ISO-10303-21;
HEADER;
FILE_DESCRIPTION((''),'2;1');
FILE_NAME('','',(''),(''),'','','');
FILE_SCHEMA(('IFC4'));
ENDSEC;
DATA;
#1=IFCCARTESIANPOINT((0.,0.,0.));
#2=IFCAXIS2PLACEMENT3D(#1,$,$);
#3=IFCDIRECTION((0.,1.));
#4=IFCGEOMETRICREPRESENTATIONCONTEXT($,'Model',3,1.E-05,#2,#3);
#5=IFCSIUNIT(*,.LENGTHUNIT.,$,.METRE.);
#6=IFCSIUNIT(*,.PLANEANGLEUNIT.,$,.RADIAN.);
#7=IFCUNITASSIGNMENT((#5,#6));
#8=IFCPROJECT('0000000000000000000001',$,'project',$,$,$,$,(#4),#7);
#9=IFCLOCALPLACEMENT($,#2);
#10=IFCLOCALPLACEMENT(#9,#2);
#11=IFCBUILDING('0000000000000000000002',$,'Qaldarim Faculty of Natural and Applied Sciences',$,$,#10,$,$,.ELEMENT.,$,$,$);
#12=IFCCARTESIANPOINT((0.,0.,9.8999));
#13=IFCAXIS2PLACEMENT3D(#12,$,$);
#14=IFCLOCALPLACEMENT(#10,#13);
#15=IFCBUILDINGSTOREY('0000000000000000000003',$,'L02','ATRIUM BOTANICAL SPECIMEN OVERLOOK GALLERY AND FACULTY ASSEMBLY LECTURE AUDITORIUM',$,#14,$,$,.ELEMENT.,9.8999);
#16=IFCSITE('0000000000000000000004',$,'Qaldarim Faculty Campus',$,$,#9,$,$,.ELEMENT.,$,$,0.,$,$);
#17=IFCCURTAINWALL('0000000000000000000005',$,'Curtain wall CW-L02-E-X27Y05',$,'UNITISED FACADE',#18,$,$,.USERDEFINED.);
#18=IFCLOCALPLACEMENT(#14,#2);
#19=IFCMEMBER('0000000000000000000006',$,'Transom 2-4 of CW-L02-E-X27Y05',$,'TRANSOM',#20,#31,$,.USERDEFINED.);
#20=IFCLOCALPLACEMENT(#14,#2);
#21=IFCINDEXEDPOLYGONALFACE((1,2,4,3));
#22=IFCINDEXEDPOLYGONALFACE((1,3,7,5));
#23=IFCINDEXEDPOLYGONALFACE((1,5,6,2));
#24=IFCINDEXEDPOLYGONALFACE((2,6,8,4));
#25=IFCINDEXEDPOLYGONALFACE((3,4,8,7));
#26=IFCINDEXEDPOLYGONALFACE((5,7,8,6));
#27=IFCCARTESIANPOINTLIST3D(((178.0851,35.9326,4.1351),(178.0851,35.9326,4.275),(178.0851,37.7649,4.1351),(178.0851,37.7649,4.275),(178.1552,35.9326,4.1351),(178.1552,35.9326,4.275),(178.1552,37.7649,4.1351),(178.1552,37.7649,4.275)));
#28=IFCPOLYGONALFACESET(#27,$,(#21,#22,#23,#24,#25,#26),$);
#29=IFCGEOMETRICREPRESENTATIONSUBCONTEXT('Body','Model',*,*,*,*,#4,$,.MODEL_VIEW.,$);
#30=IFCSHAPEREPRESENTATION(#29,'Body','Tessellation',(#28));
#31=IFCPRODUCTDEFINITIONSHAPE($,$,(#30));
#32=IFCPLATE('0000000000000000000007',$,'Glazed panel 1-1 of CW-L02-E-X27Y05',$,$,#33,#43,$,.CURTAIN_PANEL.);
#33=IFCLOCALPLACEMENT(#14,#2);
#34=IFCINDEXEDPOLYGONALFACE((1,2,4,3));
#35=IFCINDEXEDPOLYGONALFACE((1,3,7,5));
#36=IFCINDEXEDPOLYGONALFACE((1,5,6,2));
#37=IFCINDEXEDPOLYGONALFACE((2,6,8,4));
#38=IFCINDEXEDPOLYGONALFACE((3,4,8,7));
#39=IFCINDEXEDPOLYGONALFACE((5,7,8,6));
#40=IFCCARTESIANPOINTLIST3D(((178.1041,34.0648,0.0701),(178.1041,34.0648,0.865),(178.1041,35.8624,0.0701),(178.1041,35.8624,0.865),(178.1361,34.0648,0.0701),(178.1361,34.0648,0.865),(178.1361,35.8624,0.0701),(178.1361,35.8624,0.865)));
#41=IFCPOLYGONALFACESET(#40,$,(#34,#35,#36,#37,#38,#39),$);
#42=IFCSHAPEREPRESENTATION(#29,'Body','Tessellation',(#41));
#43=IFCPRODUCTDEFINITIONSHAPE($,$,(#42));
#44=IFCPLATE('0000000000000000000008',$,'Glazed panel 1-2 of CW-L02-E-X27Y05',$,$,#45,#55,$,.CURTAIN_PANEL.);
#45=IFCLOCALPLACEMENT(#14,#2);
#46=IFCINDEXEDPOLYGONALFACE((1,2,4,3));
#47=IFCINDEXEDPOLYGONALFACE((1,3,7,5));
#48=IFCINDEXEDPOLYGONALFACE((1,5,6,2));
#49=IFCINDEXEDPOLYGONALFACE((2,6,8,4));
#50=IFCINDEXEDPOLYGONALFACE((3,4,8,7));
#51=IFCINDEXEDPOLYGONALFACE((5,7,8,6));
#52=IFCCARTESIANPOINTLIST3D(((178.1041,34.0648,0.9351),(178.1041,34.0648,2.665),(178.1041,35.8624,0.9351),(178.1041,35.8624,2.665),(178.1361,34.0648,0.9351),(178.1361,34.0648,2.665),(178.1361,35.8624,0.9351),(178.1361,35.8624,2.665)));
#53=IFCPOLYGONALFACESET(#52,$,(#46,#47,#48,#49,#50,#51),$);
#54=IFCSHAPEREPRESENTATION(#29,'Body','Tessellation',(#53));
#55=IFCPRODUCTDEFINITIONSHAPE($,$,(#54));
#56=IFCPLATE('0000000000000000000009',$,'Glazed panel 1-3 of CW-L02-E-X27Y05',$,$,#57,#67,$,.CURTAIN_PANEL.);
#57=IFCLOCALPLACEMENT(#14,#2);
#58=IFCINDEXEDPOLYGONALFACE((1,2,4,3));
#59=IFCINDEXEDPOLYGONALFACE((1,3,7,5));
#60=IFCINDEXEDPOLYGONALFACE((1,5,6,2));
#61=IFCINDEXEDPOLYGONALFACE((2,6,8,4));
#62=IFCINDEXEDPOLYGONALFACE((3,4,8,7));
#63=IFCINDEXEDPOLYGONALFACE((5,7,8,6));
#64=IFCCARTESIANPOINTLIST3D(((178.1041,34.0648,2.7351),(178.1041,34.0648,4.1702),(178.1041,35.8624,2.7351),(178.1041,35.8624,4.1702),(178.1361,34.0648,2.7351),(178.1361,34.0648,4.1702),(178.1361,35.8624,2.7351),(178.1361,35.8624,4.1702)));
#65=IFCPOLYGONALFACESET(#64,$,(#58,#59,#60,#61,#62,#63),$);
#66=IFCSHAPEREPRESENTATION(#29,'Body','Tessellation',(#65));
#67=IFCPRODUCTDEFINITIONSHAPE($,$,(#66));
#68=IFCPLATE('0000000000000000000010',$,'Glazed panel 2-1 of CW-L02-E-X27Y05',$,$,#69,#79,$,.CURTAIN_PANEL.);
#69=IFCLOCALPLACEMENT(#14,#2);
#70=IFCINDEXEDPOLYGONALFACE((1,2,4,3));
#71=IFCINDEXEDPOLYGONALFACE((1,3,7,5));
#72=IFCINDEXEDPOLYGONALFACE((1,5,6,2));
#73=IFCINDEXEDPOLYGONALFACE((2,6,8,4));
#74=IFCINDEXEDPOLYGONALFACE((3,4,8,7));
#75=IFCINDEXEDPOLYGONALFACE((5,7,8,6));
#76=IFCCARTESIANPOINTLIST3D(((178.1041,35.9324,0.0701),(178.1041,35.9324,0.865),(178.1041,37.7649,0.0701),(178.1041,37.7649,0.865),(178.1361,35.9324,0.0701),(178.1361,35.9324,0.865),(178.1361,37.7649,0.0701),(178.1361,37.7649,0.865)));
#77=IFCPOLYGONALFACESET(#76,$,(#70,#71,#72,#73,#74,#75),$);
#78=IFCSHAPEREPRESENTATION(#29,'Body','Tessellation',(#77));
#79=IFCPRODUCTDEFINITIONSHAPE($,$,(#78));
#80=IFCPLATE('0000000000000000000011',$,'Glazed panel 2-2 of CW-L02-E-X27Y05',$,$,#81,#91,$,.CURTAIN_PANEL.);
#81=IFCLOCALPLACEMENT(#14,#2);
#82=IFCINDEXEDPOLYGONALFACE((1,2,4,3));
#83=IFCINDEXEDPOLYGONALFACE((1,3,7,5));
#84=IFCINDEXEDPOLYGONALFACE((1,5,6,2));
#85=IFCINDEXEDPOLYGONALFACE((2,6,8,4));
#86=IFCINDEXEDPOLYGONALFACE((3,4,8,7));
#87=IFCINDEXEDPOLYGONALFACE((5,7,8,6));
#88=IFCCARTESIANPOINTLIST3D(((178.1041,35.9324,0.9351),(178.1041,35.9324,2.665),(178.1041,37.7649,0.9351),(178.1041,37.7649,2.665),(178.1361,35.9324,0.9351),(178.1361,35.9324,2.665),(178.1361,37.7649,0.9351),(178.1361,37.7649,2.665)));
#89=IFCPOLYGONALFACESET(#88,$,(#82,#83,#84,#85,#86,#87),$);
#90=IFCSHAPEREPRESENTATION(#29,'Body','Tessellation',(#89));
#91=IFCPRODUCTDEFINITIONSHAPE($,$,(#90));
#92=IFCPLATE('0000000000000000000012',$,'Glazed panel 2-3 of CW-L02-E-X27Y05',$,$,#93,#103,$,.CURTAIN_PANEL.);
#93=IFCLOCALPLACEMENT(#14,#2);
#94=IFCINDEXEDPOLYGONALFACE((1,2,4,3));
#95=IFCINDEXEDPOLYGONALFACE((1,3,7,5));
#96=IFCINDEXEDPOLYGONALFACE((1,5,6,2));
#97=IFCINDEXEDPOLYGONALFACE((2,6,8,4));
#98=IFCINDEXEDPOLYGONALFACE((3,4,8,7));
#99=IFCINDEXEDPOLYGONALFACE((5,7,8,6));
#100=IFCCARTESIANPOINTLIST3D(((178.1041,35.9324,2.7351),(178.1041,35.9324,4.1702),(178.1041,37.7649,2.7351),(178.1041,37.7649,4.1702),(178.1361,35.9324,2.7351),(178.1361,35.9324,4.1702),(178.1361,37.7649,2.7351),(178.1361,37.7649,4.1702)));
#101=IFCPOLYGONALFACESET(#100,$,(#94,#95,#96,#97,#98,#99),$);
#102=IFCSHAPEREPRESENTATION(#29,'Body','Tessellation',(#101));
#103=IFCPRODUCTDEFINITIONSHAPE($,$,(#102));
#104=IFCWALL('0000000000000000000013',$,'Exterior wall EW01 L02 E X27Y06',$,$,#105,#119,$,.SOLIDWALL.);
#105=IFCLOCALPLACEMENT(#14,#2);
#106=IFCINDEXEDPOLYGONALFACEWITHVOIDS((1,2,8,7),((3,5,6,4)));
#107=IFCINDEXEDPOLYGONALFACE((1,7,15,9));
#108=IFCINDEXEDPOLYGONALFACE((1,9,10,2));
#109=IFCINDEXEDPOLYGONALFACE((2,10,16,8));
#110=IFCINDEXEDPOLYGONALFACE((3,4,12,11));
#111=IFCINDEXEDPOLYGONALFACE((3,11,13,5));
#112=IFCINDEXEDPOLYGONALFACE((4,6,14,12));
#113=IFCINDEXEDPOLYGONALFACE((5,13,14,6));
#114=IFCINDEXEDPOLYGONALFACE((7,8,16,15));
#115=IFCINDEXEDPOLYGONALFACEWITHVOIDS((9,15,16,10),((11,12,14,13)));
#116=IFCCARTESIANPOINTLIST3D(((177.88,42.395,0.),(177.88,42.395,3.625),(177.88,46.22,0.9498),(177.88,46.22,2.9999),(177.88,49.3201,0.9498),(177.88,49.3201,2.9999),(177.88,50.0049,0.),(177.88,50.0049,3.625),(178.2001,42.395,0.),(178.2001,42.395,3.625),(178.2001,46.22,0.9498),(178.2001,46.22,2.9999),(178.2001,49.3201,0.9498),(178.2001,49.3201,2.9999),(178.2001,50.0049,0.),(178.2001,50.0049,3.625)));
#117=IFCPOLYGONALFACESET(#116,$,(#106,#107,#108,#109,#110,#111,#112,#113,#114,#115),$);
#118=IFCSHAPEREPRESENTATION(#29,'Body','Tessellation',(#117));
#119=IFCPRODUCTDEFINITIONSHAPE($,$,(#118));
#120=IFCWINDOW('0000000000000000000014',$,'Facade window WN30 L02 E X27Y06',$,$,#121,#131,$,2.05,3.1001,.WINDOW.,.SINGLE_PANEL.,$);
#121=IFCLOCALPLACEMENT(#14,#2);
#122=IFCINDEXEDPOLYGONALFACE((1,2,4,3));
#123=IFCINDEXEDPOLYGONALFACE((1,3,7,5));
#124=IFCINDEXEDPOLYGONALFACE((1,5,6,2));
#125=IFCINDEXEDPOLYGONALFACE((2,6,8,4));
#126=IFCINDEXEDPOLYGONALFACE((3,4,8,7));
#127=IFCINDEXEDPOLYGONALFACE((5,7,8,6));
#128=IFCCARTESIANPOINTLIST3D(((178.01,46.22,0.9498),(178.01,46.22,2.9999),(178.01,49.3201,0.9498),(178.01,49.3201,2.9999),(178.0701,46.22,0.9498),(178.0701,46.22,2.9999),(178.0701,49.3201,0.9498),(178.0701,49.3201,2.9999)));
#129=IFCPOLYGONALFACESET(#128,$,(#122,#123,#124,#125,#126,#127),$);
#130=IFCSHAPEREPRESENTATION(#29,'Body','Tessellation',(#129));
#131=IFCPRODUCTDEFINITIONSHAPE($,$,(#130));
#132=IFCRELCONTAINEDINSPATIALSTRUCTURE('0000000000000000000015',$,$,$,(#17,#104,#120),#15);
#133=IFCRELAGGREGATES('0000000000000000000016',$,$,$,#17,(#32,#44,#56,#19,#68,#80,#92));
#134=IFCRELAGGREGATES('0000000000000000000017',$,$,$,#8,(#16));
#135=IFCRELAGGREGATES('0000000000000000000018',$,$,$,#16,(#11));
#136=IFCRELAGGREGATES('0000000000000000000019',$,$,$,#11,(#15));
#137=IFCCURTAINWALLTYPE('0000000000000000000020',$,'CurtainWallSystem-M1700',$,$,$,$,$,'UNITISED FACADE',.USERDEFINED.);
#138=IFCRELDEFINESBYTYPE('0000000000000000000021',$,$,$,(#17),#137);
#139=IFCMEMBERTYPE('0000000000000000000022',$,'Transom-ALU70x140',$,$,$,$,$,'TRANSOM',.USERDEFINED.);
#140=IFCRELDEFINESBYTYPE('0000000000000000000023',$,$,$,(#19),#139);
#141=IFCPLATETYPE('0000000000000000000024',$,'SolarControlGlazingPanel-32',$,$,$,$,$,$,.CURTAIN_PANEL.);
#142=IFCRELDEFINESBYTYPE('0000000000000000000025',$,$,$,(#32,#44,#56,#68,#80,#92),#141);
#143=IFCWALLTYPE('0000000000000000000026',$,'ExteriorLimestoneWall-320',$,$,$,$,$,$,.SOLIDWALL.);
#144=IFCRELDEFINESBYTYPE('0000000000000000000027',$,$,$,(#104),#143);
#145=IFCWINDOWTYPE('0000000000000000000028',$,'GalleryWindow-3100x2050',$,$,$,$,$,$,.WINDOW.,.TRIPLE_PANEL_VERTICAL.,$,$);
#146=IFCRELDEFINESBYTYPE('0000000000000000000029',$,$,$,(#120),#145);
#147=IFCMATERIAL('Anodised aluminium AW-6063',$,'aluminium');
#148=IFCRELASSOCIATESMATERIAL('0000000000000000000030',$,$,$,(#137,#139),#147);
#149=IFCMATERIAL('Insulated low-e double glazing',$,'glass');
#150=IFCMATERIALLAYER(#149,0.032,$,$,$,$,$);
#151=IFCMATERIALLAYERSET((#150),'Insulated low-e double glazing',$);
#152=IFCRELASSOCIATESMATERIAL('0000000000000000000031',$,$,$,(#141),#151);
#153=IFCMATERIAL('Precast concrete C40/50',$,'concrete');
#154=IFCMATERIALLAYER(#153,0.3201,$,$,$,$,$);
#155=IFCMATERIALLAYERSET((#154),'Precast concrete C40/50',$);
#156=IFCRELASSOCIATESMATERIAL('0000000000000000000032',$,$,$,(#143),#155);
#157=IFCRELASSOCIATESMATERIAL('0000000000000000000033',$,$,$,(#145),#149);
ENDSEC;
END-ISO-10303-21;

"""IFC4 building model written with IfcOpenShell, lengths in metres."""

from ifc_helpers import new_model, si_unit, direction, frame, frame_2d, origin, origin_2d, place, context, subcontext, project, spatial, rectangle, extrude, material, layer, layer_set, material_profile, profile_set, type_object, element, fill, aggregate, save


model = new_model("IFC4")

# Units and contexts
model_context = context("Model", 3, precision=1e-05, world=origin(), true_north=direction((0.0, 1.0)))
body_context = subcontext(model_context, "Body", "Model", "MODEL_VIEW")
ifc_project = project(units=[si_unit("LENGTHUNIT", "METRE"), si_unit("PLANEANGLEUNIT", "RADIAN")], contexts=[model_context])

# Site, building, storey
site_placement = place(None, origin())
site = spatial("IfcSite", under=ifc_project, at=site_placement, Name="Qaldarim Faculty Campus", CompositionType="ELEMENT", RefElevation=0.0)
building_placement = place(site_placement, origin())
building = spatial("IfcBuilding", under=site, at=building_placement, Name="Qaldarim Faculty of Natural and Applied Sciences", CompositionType="ELEMENT")
storey_placement = place(building_placement, frame((0.0, 0.0, 9.8999)))
storey = spatial("IfcBuildingStorey", under=building, at=storey_placement, Name="L02", Description="ATRIUM BOTANICAL SPECIMEN OVERLOOK GALLERY AND FACULTY ASSEMBLY LECTURE AUDITORIUM", CompositionType="ELEMENT", Elevation=9.8999)

# Curtain wall
ifc_material_1 = material(Name="Anodised aluminium AW-6063", Category="aluminium")
curtain_wall_type = type_object("IfcCurtainWallType", Name="CurtainWallSystem-M1700", ElementType="UNITISED FACADE", PredefinedType="USERDEFINED", material=ifc_material_1)
curtain_wall_placement = place(storey_placement, origin())
curtain_wall = element("IfcCurtainWall", 1, at=curtain_wall_placement, inside=storey, type_object=curtain_wall_type, Name="Curtain wall CW-L02-E-X27Y05", ObjectType="UNITISED FACADE", PredefinedType="USERDEFINED")

# Member
ifc_material_profile_1 = material_profile(ifc_material_1, rectangle(XDim=0.0701, YDim=0.1399, at=origin_2d()), Name="ALU-T70x140")
ifc_profile_set_1 = profile_set([ifc_material_profile_1], Name="Anodised aluminium AW-6063")
member_type_1 = type_object("IfcMemberType", Name="Transom-ALU70x140", ElementType="TRANSOM", PredefinedType="USERDEFINED", material=ifc_profile_set_1)
member_1_placement = place(storey_placement, frame((178.1201, 35.9326, 4.2051), z_axis=(0.0, 1.0, 0.0), x_axis=(-1.0, 0.0, 0.0)))
member_1 = element("IfcMember", 2, at=member_1_placement, type_object=member_type_1, Name="Transom 2-4 of CW-L02-E-X27Y05", ObjectType="TRANSOM", PredefinedType="USERDEFINED", context=body_context, shape_type="SweptSolid", body=[
    extrude(rectangle(XDim=0.0701, YDim=0.1399, at=origin_2d()), origin(), (0.0, 0.0, 1.0), 1.8323),
])

# Plates
ifc_material_2 = material(Name="Insulated low-e double glazing", Category="glass")
ifc_layer_1 = layer(ifc_material_2, 0.032)
ifc_layer_set_1 = layer_set([ifc_layer_1], Name="Insulated low-e double glazing")
plate_type = type_object("IfcPlateType", Name="SolarControlGlazingPanel-32", PredefinedType="CURTAIN_PANEL", material=ifc_layer_set_1)
plate_1_placement = place(storey_placement, frame((178.1201, 34.9636, 0.0701), z_axis=(0.0, 0.0, 1.0), x_axis=(0.0, 1.0, 0.0)))
plate_1 = element("IfcPlate", 3, at=plate_1_placement, type_object=plate_type, Name="Glazed panel 1-1 of CW-L02-E-X27Y05", PredefinedType="CURTAIN_PANEL", context=body_context, shape_type="SweptSolid", body=[
    extrude(rectangle(XDim=1.7976, YDim=0.032, at=origin_2d()), origin(), (0.0, 0.0, 1.0), 0.7949),
])
plate_2_placement = place(storey_placement, frame((178.1201, 34.9636, 0.9351), z_axis=(0.0, 0.0, 1.0), x_axis=(0.0, 1.0, 0.0)))
plate_2 = element("IfcPlate", 4, at=plate_2_placement, type_object=plate_type, Name="Glazed panel 1-2 of CW-L02-E-X27Y05", PredefinedType="CURTAIN_PANEL", context=body_context, shape_type="SweptSolid", body=[
    extrude(rectangle(XDim=1.7976, YDim=0.032, at=origin_2d()), origin(), (0.0, 0.0, 1.0), 1.73),
])
plate_3_placement = place(storey_placement, frame((178.1201, 34.9636, 2.7351), z_axis=(0.0, 0.0, 1.0), x_axis=(0.0, 1.0, 0.0)))
plate_3 = element("IfcPlate", 5, at=plate_3_placement, type_object=plate_type, Name="Glazed panel 1-3 of CW-L02-E-X27Y05", PredefinedType="CURTAIN_PANEL", context=body_context, shape_type="SweptSolid", body=[
    extrude(rectangle(XDim=1.7976, YDim=0.032, at=origin_2d()), origin(), (0.0, 0.0, 1.0), 1.4351),
])
plate_4_placement = place(storey_placement, frame((178.1201, 36.8486, 0.0701), z_axis=(0.0, 0.0, 1.0), x_axis=(0.0, 1.0, 0.0)))
plate_4 = element("IfcPlate", 6, at=plate_4_placement, type_object=plate_type, Name="Glazed panel 2-1 of CW-L02-E-X27Y05", PredefinedType="CURTAIN_PANEL", context=body_context, shape_type="SweptSolid", body=[
    extrude(rectangle(XDim=1.8325, YDim=0.032, at=origin_2d()), origin(), (0.0, 0.0, 1.0), 0.7949),
])
plate_5_placement = place(storey_placement, frame((178.1201, 36.8486, 0.9351), z_axis=(0.0, 0.0, 1.0), x_axis=(0.0, 1.0, 0.0)))
plate_5 = element("IfcPlate", 7, at=plate_5_placement, type_object=plate_type, Name="Glazed panel 2-2 of CW-L02-E-X27Y05", PredefinedType="CURTAIN_PANEL", context=body_context, shape_type="SweptSolid", body=[
    extrude(rectangle(XDim=1.8325, YDim=0.032, at=origin_2d()), origin(), (0.0, 0.0, 1.0), 1.73),
])
plate_6_placement = place(storey_placement, frame((178.1201, 36.8486, 2.7351), z_axis=(0.0, 0.0, 1.0), x_axis=(0.0, 1.0, 0.0)))
plate_6 = element("IfcPlate", 8, at=plate_6_placement, type_object=plate_type, Name="Glazed panel 2-3 of CW-L02-E-X27Y05", PredefinedType="CURTAIN_PANEL", context=body_context, shape_type="SweptSolid", body=[
    extrude(rectangle(XDim=1.8325, YDim=0.032, at=origin_2d()), origin(), (0.0, 0.0, 1.0), 1.4351),
])
aggregate(curtain_wall, [plate_1, plate_2, plate_3, member_1, plate_4, plate_5, plate_6])

# Wall, opening, window
ifc_material_3 = material(Name="Precast concrete C40/50", Category="concrete")
ifc_layer_2 = layer(ifc_material_3, 0.3201)
ifc_layer_set_2 = layer_set([ifc_layer_2], Name="Precast concrete C40/50")
wall_type = type_object("IfcWallType", Name="ExteriorLimestoneWall-320", PredefinedType="SOLIDWALL", material=ifc_layer_set_2)
wall_placement = place(storey_placement, frame((178.04, 42.395, 0.0), z_axis=(0.0, 0.0, 1.0), x_axis=(0.0, 1.0, 0.0)))
wall = element("IfcWall", 9, at=wall_placement, inside=storey, type_object=wall_type, Name="Exterior wall EW01 L02 E X27Y06", PredefinedType="SOLIDWALL", context=body_context, shape_type="SweptSolid", body=[
    extrude(rectangle(XDim=7.6099, YDim=0.3201, at=frame_2d((3.8049, 0.0))), origin(), (0.0, 0.0, 1.0), 3.625),
])
opening_placement = place(wall_placement, frame((3.825, 0.0, 0.95)))
opening = element("IfcOpeningElement", 10, at=opening_placement, cuts=wall, PredefinedType="OPENING", context=body_context, shape_type="SweptSolid", body=[
    extrude(rectangle(XDim=3.1001, YDim=2.05, at=frame_2d((1.55, 1.0249))), frame((0.0, 0.1699, 0.0), z_axis=(0.0, -1.0, 0.0), x_axis=(1.0, 0.0, 0.0)), (0.0, 0.0, 1.0), 0.3401),
])
window_type = type_object("IfcWindowType", Name="GalleryWindow-3100x2050", PartitioningType="TRIPLE_PANEL_VERTICAL", PredefinedType="WINDOW", material=ifc_material_2)
window_placement = place(opening_placement, origin())
window = element("IfcWindow", 11, at=window_placement, inside=storey, type_object=window_type, Name="Facade window WN30 L02 E X27Y06", OverallHeight=2.05, OverallWidth=3.1001, PartitioningType="SINGLE_PANEL", PredefinedType="WINDOW", context=body_context, shape_type="SweptSolid", body=[
    extrude(rectangle(XDim=3.1001, YDim=2.05, at=frame_2d((1.55, 1.0249))), frame((0.0, 0.03, 0.0), z_axis=(0.0, -1.0, 0.0), x_axis=(1.0, 0.0, 0.0)), (0.0, 0.0, 1.0), 0.0601),
])
fill(opening, window)

save(model, "model.ifc")
